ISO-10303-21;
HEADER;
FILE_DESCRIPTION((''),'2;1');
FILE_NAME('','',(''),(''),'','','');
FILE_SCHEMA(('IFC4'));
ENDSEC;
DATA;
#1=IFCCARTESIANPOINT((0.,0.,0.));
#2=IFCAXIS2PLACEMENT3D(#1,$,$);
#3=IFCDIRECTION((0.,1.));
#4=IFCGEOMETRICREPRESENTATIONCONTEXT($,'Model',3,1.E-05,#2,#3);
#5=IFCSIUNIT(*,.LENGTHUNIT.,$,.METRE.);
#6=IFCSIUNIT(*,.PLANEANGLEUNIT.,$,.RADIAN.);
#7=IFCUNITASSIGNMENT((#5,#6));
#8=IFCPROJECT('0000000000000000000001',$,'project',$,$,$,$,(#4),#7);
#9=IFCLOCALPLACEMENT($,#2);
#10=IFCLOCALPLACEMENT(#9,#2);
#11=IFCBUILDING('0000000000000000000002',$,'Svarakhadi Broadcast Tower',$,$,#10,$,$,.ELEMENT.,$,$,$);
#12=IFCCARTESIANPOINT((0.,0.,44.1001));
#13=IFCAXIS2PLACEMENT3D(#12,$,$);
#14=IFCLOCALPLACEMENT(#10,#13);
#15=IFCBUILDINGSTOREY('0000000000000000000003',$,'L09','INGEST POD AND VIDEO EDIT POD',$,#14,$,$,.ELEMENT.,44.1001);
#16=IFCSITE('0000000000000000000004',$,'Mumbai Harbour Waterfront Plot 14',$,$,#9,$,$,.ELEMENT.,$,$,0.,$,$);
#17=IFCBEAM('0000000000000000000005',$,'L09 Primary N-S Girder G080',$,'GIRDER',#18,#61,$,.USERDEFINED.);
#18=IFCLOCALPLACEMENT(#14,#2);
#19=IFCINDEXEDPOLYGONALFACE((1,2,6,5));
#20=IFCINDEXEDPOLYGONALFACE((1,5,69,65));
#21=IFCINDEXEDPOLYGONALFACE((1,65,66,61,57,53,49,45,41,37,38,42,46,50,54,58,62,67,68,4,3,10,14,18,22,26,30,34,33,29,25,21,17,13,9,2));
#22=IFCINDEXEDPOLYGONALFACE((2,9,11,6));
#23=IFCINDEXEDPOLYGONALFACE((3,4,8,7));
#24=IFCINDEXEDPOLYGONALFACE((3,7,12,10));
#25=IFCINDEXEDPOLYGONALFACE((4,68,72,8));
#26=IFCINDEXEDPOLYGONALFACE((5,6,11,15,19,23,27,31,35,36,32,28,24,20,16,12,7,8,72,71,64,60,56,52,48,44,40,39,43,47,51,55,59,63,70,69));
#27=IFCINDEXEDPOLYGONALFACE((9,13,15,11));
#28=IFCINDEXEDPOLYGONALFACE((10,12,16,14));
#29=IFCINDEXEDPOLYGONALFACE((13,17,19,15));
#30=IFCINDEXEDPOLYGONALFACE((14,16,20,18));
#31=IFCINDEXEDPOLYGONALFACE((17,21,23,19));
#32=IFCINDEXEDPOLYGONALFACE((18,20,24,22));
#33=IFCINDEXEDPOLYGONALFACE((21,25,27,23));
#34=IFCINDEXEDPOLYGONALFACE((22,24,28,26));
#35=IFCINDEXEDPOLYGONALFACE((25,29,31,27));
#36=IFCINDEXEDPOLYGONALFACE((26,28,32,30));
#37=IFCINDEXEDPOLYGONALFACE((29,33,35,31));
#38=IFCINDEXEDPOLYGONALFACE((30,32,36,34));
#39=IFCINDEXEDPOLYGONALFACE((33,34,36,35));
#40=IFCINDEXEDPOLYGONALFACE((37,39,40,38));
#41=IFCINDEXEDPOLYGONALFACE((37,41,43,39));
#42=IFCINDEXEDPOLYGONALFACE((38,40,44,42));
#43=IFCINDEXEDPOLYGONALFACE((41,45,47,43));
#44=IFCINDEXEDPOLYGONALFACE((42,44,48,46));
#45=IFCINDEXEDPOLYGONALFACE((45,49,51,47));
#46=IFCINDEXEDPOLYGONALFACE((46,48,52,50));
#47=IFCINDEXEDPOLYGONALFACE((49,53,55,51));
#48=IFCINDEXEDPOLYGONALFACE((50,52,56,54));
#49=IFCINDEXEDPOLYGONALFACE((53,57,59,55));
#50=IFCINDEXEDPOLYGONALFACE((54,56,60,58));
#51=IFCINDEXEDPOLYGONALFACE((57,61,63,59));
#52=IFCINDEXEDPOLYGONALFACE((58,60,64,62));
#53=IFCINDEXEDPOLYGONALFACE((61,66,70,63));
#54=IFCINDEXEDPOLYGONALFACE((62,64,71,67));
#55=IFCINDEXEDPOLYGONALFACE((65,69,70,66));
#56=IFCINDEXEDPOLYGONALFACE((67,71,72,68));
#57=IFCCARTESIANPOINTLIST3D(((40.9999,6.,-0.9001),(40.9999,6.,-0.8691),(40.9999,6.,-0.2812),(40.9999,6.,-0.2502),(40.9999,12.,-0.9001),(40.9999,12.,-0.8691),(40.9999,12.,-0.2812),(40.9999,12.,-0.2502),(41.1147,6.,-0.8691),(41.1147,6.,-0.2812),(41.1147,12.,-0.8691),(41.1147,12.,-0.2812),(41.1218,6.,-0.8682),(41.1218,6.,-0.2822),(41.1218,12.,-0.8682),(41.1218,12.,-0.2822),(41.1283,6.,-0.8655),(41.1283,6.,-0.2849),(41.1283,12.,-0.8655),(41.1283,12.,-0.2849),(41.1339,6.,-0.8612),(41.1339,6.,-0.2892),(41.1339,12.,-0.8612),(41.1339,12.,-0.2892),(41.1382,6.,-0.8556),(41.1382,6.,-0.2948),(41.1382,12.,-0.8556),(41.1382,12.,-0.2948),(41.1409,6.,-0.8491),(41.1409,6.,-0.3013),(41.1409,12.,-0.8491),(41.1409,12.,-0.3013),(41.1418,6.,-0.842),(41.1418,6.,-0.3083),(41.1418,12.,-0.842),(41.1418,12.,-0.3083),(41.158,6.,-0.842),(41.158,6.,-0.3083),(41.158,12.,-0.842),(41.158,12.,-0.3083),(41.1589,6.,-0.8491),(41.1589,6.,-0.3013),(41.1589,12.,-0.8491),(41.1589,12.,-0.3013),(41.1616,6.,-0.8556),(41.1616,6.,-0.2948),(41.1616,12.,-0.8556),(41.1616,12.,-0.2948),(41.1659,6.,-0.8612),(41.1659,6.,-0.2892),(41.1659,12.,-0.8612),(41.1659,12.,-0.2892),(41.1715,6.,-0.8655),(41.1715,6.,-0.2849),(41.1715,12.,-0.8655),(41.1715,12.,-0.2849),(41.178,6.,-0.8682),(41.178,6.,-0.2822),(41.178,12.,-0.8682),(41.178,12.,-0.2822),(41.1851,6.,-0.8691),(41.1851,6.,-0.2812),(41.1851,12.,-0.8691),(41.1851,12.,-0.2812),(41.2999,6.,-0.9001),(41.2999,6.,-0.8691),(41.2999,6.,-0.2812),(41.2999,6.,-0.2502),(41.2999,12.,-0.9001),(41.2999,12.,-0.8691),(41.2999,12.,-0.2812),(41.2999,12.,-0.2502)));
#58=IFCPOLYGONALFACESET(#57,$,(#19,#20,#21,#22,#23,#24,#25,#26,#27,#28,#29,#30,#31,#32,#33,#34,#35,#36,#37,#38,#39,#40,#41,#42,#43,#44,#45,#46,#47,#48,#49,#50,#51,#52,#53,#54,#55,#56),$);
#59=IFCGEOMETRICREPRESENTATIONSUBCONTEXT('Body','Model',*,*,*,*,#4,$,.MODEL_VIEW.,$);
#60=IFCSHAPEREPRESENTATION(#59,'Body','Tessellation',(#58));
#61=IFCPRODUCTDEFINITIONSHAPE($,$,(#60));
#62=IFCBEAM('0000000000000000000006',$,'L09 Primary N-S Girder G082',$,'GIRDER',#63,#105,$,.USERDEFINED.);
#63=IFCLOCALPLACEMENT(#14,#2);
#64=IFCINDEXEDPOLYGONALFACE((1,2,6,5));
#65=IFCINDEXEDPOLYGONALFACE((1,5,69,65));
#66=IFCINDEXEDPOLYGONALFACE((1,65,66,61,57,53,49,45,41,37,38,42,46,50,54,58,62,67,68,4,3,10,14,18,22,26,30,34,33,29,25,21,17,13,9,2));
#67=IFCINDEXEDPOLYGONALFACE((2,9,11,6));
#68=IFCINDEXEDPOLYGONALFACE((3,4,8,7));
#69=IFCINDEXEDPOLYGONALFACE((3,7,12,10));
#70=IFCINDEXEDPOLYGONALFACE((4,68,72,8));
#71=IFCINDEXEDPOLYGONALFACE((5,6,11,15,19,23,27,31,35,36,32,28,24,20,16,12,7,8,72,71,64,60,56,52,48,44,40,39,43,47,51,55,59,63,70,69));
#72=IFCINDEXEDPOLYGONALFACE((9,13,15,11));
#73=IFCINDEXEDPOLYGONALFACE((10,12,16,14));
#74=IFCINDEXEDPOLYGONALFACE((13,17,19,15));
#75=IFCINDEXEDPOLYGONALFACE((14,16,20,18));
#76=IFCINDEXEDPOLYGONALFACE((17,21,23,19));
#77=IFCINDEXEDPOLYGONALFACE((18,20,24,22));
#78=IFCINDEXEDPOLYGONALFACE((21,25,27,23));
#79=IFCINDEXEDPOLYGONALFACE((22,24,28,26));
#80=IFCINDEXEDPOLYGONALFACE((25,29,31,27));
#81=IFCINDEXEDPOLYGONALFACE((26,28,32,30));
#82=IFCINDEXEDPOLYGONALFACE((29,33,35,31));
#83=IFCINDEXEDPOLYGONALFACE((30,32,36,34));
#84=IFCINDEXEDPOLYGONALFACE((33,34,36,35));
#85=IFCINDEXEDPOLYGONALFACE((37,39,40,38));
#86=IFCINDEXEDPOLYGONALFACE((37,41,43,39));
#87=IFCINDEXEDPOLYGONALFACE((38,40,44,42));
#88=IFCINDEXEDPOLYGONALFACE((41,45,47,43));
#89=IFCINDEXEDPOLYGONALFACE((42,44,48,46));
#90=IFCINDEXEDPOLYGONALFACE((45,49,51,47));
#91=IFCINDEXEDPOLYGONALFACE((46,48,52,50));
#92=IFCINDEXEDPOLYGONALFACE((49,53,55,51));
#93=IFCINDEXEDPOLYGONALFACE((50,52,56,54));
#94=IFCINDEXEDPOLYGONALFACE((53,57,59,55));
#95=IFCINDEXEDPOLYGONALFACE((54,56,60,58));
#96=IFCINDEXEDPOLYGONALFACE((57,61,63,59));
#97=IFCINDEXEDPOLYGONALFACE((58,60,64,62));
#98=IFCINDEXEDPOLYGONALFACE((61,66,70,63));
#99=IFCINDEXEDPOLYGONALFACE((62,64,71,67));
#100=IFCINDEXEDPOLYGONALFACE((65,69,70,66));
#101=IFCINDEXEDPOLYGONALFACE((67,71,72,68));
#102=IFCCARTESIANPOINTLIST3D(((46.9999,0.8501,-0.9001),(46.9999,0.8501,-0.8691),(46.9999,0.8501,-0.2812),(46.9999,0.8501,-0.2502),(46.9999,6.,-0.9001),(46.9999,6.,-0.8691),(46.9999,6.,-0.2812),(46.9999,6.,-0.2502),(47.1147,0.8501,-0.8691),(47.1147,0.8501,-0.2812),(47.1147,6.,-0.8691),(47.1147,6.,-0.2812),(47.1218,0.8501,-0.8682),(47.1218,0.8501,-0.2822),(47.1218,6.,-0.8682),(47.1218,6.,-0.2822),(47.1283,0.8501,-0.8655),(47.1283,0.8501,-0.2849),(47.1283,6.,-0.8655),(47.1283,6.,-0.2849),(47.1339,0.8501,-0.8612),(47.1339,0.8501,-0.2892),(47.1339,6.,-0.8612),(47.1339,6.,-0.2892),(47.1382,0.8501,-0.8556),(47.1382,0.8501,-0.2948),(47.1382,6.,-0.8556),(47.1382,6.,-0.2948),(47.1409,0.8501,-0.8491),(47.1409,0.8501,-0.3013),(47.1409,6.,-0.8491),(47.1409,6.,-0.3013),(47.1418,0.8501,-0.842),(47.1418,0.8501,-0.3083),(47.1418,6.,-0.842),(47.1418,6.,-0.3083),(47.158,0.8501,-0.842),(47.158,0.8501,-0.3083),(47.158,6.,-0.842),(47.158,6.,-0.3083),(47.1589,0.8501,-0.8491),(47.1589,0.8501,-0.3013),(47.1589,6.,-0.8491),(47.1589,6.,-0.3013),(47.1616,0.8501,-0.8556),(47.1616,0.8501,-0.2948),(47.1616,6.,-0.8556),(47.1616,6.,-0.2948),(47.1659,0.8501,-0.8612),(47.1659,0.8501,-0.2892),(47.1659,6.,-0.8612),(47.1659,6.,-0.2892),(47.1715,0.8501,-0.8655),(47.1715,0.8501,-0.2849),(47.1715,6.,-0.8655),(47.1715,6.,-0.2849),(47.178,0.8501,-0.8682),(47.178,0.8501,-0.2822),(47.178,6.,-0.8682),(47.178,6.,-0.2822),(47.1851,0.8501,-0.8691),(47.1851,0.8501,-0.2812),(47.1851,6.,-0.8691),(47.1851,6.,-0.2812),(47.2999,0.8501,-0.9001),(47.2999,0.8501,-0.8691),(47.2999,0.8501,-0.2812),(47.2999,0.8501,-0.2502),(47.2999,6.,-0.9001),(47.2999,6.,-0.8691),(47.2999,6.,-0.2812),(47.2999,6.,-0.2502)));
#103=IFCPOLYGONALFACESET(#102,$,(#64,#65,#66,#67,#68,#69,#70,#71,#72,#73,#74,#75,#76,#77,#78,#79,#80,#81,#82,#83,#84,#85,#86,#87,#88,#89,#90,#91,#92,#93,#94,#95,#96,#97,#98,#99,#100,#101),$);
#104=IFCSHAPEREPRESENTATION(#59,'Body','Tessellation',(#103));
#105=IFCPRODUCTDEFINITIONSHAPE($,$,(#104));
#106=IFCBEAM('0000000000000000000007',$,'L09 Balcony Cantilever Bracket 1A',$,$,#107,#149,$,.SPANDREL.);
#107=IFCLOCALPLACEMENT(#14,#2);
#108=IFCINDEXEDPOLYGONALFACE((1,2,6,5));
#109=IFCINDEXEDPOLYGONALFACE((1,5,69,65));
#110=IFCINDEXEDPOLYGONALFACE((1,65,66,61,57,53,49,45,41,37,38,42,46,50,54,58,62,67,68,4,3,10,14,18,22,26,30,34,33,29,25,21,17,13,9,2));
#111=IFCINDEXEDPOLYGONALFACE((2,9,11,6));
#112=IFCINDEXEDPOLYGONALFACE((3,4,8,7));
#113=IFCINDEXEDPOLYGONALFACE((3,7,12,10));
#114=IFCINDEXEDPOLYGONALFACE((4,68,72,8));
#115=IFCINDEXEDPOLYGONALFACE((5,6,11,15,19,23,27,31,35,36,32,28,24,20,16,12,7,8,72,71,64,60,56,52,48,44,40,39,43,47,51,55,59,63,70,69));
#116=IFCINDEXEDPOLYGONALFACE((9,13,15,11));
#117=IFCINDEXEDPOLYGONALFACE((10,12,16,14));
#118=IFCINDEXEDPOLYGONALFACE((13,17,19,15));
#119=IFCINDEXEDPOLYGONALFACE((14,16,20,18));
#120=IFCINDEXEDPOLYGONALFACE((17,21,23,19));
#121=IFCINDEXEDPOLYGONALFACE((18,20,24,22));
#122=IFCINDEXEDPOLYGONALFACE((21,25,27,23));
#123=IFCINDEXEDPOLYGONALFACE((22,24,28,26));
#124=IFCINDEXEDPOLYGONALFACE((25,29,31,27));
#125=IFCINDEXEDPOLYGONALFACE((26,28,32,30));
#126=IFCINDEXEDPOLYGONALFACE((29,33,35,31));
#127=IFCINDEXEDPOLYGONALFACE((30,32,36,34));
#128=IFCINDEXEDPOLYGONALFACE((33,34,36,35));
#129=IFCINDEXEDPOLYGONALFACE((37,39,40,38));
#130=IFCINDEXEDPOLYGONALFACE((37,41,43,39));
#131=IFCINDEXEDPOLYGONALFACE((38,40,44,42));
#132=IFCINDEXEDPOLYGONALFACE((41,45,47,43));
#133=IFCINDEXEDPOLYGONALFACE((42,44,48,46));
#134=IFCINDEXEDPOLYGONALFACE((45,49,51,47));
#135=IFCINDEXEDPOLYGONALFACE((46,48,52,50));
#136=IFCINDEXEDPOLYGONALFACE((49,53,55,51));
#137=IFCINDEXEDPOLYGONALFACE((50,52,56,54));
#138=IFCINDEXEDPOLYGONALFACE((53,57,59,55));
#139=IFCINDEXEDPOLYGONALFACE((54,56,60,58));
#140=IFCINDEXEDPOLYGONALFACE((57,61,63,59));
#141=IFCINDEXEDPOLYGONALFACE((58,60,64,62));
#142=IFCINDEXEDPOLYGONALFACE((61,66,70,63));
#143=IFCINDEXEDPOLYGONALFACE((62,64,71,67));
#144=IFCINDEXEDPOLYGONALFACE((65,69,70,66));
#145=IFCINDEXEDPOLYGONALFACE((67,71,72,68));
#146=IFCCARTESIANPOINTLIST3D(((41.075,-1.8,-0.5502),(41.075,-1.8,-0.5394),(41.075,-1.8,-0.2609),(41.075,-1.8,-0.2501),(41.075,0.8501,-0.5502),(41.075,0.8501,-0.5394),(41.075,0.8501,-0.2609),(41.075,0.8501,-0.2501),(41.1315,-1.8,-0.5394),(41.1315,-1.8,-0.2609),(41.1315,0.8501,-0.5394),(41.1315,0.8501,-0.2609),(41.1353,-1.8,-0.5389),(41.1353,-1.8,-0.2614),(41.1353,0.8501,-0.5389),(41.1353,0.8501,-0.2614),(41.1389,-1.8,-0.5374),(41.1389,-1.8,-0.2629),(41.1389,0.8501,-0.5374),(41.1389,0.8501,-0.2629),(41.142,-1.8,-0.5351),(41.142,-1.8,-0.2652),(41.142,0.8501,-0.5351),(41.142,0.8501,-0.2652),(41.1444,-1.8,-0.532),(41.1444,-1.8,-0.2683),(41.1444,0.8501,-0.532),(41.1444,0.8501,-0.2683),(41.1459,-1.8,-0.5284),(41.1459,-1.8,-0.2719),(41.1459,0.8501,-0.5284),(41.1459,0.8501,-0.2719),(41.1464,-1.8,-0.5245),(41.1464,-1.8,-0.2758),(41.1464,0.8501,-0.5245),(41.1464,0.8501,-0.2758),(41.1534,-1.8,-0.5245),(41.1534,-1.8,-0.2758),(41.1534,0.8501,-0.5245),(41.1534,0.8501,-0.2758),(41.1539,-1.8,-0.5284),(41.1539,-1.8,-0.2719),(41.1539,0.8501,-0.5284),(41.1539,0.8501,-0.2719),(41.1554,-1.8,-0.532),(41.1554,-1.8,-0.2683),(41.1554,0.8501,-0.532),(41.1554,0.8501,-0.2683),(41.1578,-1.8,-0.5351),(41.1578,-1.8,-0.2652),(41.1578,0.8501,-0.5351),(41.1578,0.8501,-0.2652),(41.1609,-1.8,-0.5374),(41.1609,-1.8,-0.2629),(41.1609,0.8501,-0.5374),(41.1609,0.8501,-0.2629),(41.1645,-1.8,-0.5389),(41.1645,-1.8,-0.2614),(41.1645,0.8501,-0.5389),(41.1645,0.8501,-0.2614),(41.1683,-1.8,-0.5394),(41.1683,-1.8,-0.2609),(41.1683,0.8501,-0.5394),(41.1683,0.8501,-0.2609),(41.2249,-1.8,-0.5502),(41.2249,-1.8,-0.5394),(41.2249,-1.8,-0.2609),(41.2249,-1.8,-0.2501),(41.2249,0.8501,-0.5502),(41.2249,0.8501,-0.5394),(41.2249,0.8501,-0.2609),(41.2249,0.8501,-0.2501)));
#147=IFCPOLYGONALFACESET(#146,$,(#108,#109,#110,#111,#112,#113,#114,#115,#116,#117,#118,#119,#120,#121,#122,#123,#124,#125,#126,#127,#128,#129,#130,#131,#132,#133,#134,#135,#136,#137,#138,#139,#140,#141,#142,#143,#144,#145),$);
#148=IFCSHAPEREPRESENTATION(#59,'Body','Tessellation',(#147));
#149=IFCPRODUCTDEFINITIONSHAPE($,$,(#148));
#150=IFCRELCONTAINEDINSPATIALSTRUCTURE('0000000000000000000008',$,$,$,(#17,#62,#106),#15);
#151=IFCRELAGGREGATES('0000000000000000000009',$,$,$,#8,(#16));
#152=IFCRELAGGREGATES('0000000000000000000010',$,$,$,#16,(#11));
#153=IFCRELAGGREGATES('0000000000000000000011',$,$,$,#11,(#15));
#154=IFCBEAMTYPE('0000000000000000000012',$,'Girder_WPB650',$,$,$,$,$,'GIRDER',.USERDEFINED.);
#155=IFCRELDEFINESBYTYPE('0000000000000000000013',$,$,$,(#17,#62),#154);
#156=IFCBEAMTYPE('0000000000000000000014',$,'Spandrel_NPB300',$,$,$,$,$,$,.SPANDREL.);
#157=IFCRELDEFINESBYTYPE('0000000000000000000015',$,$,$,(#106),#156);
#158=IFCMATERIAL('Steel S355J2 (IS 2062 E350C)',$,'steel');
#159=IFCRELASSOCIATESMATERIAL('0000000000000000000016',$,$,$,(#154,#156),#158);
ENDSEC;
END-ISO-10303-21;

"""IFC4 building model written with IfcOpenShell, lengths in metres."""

from ifc_helpers import new_model, si_unit, direction, frame, origin, origin_2d, place, context, subcontext, project, spatial, i_section, extrude, material, material_profile, profile_set, type_object, element, save


model = new_model("IFC4")

# Units and contexts
model_context = context("Model", 3, precision=1e-05, world=origin(), true_north=direction((0.0, 1.0)))
body_context = subcontext(model_context, "Body", "Model", "MODEL_VIEW")
ifc_project = project(units=[si_unit("LENGTHUNIT", "METRE"), si_unit("PLANEANGLEUNIT", "RADIAN")], contexts=[model_context])

# Site, building, storey
site_placement = place(None, origin())
site = spatial("IfcSite", under=ifc_project, at=site_placement, Name="Mumbai Harbour Waterfront Plot 14", CompositionType="ELEMENT", RefElevation=0.0)
building_placement = place(site_placement, origin())
building = spatial("IfcBuilding", under=site, at=building_placement, Name="Svarakhadi Broadcast Tower", CompositionType="ELEMENT")
storey_placement = place(building_placement, frame((0.0, 0.0, 44.1001)))
storey = spatial("IfcBuildingStorey", under=building, at=storey_placement, Name="L09", Description="INGEST POD AND VIDEO EDIT POD", CompositionType="ELEMENT", Elevation=44.1001)

# Beams
ifc_material_1 = material(Name="Steel S355J2 (IS 2062 E350C)", Category="steel")
ifc_material_profile_1 = material_profile(ifc_material_1, i_section(OverallWidth=0.3, OverallDepth=0.6499, WebThickness=0.0161, FlangeThickness=0.031, FilletRadius=0.0271, at=origin_2d()), Name="WPB 650x300x225")
ifc_profile_set_1 = profile_set([ifc_material_profile_1], Name="Steel S355J2 (IS 2062 E350C)")
beam_type_1 = type_object("IfcBeamType", Name="Girder_WPB650", ElementType="GIRDER", PredefinedType="USERDEFINED", material=ifc_profile_set_1)
beam_1_placement = place(storey_placement, frame((41.1499, 6.0, -0.5752), z_axis=(0.0, 1.0, 0.0), x_axis=(-1.0, 0.0, 0.0)))
element("IfcBeam", 1, at=beam_1_placement, inside=storey, type_object=beam_type_1, Name="L09 Primary N-S Girder G080", ObjectType="GIRDER", PredefinedType="USERDEFINED", context=body_context, shape_type="SweptSolid", body=[
    extrude(i_section(OverallWidth=0.3, OverallDepth=0.6499, WebThickness=0.0161, FlangeThickness=0.031, FilletRadius=0.0271, at=origin_2d()), origin(), (0.0, 0.0, 1.0), 6.0),
])
beam_2_placement = place(storey_placement, frame((47.1499, 0.8501, -0.5752), z_axis=(0.0, 1.0, 0.0), x_axis=(-1.0, 0.0, 0.0)))
element("IfcBeam", 2, at=beam_2_placement, inside=storey, type_object=beam_type_1, Name="L09 Primary N-S Girder G082", ObjectType="GIRDER", PredefinedType="USERDEFINED", context=body_context, shape_type="SweptSolid", body=[
    extrude(i_section(OverallWidth=0.3, OverallDepth=0.6499, WebThickness=0.0161, FlangeThickness=0.031, FilletRadius=0.0271, at=origin_2d()), origin(), (0.0, 0.0, 1.0), 5.1499),
])
ifc_material_profile_2 = material_profile(ifc_material_1, i_section(OverallWidth=0.1499, OverallDepth=0.3, WebThickness=0.0071, FlangeThickness=0.0107, FilletRadius=0.0149, at=origin_2d()), Name="NPB 300x150x37")
ifc_profile_set_2 = profile_set([ifc_material_profile_2], Name="Steel S355J2 (IS 2062 E350C)")
beam_type_2 = type_object("IfcBeamType", Name="Spandrel_NPB300", PredefinedType="SPANDREL", material=ifc_profile_set_2)
beam_3_placement = place(storey_placement, frame((41.1499, 0.8501, -0.4001), z_axis=(0.0, -1.0, 0.0), x_axis=(1.0, 0.0, 0.0)))
element("IfcBeam", 3, at=beam_3_placement, inside=storey, type_object=beam_type_2, Name="L09 Balcony Cantilever Bracket 1A", PredefinedType="SPANDREL", context=body_context, shape_type="SweptSolid", body=[
    extrude(i_section(OverallWidth=0.1499, OverallDepth=0.3, WebThickness=0.0071, FlangeThickness=0.0107, FilletRadius=0.0149, at=origin_2d()), origin(), (0.0, 0.0, 1.0), 2.6501),
])

save(model, "model.ifc")
